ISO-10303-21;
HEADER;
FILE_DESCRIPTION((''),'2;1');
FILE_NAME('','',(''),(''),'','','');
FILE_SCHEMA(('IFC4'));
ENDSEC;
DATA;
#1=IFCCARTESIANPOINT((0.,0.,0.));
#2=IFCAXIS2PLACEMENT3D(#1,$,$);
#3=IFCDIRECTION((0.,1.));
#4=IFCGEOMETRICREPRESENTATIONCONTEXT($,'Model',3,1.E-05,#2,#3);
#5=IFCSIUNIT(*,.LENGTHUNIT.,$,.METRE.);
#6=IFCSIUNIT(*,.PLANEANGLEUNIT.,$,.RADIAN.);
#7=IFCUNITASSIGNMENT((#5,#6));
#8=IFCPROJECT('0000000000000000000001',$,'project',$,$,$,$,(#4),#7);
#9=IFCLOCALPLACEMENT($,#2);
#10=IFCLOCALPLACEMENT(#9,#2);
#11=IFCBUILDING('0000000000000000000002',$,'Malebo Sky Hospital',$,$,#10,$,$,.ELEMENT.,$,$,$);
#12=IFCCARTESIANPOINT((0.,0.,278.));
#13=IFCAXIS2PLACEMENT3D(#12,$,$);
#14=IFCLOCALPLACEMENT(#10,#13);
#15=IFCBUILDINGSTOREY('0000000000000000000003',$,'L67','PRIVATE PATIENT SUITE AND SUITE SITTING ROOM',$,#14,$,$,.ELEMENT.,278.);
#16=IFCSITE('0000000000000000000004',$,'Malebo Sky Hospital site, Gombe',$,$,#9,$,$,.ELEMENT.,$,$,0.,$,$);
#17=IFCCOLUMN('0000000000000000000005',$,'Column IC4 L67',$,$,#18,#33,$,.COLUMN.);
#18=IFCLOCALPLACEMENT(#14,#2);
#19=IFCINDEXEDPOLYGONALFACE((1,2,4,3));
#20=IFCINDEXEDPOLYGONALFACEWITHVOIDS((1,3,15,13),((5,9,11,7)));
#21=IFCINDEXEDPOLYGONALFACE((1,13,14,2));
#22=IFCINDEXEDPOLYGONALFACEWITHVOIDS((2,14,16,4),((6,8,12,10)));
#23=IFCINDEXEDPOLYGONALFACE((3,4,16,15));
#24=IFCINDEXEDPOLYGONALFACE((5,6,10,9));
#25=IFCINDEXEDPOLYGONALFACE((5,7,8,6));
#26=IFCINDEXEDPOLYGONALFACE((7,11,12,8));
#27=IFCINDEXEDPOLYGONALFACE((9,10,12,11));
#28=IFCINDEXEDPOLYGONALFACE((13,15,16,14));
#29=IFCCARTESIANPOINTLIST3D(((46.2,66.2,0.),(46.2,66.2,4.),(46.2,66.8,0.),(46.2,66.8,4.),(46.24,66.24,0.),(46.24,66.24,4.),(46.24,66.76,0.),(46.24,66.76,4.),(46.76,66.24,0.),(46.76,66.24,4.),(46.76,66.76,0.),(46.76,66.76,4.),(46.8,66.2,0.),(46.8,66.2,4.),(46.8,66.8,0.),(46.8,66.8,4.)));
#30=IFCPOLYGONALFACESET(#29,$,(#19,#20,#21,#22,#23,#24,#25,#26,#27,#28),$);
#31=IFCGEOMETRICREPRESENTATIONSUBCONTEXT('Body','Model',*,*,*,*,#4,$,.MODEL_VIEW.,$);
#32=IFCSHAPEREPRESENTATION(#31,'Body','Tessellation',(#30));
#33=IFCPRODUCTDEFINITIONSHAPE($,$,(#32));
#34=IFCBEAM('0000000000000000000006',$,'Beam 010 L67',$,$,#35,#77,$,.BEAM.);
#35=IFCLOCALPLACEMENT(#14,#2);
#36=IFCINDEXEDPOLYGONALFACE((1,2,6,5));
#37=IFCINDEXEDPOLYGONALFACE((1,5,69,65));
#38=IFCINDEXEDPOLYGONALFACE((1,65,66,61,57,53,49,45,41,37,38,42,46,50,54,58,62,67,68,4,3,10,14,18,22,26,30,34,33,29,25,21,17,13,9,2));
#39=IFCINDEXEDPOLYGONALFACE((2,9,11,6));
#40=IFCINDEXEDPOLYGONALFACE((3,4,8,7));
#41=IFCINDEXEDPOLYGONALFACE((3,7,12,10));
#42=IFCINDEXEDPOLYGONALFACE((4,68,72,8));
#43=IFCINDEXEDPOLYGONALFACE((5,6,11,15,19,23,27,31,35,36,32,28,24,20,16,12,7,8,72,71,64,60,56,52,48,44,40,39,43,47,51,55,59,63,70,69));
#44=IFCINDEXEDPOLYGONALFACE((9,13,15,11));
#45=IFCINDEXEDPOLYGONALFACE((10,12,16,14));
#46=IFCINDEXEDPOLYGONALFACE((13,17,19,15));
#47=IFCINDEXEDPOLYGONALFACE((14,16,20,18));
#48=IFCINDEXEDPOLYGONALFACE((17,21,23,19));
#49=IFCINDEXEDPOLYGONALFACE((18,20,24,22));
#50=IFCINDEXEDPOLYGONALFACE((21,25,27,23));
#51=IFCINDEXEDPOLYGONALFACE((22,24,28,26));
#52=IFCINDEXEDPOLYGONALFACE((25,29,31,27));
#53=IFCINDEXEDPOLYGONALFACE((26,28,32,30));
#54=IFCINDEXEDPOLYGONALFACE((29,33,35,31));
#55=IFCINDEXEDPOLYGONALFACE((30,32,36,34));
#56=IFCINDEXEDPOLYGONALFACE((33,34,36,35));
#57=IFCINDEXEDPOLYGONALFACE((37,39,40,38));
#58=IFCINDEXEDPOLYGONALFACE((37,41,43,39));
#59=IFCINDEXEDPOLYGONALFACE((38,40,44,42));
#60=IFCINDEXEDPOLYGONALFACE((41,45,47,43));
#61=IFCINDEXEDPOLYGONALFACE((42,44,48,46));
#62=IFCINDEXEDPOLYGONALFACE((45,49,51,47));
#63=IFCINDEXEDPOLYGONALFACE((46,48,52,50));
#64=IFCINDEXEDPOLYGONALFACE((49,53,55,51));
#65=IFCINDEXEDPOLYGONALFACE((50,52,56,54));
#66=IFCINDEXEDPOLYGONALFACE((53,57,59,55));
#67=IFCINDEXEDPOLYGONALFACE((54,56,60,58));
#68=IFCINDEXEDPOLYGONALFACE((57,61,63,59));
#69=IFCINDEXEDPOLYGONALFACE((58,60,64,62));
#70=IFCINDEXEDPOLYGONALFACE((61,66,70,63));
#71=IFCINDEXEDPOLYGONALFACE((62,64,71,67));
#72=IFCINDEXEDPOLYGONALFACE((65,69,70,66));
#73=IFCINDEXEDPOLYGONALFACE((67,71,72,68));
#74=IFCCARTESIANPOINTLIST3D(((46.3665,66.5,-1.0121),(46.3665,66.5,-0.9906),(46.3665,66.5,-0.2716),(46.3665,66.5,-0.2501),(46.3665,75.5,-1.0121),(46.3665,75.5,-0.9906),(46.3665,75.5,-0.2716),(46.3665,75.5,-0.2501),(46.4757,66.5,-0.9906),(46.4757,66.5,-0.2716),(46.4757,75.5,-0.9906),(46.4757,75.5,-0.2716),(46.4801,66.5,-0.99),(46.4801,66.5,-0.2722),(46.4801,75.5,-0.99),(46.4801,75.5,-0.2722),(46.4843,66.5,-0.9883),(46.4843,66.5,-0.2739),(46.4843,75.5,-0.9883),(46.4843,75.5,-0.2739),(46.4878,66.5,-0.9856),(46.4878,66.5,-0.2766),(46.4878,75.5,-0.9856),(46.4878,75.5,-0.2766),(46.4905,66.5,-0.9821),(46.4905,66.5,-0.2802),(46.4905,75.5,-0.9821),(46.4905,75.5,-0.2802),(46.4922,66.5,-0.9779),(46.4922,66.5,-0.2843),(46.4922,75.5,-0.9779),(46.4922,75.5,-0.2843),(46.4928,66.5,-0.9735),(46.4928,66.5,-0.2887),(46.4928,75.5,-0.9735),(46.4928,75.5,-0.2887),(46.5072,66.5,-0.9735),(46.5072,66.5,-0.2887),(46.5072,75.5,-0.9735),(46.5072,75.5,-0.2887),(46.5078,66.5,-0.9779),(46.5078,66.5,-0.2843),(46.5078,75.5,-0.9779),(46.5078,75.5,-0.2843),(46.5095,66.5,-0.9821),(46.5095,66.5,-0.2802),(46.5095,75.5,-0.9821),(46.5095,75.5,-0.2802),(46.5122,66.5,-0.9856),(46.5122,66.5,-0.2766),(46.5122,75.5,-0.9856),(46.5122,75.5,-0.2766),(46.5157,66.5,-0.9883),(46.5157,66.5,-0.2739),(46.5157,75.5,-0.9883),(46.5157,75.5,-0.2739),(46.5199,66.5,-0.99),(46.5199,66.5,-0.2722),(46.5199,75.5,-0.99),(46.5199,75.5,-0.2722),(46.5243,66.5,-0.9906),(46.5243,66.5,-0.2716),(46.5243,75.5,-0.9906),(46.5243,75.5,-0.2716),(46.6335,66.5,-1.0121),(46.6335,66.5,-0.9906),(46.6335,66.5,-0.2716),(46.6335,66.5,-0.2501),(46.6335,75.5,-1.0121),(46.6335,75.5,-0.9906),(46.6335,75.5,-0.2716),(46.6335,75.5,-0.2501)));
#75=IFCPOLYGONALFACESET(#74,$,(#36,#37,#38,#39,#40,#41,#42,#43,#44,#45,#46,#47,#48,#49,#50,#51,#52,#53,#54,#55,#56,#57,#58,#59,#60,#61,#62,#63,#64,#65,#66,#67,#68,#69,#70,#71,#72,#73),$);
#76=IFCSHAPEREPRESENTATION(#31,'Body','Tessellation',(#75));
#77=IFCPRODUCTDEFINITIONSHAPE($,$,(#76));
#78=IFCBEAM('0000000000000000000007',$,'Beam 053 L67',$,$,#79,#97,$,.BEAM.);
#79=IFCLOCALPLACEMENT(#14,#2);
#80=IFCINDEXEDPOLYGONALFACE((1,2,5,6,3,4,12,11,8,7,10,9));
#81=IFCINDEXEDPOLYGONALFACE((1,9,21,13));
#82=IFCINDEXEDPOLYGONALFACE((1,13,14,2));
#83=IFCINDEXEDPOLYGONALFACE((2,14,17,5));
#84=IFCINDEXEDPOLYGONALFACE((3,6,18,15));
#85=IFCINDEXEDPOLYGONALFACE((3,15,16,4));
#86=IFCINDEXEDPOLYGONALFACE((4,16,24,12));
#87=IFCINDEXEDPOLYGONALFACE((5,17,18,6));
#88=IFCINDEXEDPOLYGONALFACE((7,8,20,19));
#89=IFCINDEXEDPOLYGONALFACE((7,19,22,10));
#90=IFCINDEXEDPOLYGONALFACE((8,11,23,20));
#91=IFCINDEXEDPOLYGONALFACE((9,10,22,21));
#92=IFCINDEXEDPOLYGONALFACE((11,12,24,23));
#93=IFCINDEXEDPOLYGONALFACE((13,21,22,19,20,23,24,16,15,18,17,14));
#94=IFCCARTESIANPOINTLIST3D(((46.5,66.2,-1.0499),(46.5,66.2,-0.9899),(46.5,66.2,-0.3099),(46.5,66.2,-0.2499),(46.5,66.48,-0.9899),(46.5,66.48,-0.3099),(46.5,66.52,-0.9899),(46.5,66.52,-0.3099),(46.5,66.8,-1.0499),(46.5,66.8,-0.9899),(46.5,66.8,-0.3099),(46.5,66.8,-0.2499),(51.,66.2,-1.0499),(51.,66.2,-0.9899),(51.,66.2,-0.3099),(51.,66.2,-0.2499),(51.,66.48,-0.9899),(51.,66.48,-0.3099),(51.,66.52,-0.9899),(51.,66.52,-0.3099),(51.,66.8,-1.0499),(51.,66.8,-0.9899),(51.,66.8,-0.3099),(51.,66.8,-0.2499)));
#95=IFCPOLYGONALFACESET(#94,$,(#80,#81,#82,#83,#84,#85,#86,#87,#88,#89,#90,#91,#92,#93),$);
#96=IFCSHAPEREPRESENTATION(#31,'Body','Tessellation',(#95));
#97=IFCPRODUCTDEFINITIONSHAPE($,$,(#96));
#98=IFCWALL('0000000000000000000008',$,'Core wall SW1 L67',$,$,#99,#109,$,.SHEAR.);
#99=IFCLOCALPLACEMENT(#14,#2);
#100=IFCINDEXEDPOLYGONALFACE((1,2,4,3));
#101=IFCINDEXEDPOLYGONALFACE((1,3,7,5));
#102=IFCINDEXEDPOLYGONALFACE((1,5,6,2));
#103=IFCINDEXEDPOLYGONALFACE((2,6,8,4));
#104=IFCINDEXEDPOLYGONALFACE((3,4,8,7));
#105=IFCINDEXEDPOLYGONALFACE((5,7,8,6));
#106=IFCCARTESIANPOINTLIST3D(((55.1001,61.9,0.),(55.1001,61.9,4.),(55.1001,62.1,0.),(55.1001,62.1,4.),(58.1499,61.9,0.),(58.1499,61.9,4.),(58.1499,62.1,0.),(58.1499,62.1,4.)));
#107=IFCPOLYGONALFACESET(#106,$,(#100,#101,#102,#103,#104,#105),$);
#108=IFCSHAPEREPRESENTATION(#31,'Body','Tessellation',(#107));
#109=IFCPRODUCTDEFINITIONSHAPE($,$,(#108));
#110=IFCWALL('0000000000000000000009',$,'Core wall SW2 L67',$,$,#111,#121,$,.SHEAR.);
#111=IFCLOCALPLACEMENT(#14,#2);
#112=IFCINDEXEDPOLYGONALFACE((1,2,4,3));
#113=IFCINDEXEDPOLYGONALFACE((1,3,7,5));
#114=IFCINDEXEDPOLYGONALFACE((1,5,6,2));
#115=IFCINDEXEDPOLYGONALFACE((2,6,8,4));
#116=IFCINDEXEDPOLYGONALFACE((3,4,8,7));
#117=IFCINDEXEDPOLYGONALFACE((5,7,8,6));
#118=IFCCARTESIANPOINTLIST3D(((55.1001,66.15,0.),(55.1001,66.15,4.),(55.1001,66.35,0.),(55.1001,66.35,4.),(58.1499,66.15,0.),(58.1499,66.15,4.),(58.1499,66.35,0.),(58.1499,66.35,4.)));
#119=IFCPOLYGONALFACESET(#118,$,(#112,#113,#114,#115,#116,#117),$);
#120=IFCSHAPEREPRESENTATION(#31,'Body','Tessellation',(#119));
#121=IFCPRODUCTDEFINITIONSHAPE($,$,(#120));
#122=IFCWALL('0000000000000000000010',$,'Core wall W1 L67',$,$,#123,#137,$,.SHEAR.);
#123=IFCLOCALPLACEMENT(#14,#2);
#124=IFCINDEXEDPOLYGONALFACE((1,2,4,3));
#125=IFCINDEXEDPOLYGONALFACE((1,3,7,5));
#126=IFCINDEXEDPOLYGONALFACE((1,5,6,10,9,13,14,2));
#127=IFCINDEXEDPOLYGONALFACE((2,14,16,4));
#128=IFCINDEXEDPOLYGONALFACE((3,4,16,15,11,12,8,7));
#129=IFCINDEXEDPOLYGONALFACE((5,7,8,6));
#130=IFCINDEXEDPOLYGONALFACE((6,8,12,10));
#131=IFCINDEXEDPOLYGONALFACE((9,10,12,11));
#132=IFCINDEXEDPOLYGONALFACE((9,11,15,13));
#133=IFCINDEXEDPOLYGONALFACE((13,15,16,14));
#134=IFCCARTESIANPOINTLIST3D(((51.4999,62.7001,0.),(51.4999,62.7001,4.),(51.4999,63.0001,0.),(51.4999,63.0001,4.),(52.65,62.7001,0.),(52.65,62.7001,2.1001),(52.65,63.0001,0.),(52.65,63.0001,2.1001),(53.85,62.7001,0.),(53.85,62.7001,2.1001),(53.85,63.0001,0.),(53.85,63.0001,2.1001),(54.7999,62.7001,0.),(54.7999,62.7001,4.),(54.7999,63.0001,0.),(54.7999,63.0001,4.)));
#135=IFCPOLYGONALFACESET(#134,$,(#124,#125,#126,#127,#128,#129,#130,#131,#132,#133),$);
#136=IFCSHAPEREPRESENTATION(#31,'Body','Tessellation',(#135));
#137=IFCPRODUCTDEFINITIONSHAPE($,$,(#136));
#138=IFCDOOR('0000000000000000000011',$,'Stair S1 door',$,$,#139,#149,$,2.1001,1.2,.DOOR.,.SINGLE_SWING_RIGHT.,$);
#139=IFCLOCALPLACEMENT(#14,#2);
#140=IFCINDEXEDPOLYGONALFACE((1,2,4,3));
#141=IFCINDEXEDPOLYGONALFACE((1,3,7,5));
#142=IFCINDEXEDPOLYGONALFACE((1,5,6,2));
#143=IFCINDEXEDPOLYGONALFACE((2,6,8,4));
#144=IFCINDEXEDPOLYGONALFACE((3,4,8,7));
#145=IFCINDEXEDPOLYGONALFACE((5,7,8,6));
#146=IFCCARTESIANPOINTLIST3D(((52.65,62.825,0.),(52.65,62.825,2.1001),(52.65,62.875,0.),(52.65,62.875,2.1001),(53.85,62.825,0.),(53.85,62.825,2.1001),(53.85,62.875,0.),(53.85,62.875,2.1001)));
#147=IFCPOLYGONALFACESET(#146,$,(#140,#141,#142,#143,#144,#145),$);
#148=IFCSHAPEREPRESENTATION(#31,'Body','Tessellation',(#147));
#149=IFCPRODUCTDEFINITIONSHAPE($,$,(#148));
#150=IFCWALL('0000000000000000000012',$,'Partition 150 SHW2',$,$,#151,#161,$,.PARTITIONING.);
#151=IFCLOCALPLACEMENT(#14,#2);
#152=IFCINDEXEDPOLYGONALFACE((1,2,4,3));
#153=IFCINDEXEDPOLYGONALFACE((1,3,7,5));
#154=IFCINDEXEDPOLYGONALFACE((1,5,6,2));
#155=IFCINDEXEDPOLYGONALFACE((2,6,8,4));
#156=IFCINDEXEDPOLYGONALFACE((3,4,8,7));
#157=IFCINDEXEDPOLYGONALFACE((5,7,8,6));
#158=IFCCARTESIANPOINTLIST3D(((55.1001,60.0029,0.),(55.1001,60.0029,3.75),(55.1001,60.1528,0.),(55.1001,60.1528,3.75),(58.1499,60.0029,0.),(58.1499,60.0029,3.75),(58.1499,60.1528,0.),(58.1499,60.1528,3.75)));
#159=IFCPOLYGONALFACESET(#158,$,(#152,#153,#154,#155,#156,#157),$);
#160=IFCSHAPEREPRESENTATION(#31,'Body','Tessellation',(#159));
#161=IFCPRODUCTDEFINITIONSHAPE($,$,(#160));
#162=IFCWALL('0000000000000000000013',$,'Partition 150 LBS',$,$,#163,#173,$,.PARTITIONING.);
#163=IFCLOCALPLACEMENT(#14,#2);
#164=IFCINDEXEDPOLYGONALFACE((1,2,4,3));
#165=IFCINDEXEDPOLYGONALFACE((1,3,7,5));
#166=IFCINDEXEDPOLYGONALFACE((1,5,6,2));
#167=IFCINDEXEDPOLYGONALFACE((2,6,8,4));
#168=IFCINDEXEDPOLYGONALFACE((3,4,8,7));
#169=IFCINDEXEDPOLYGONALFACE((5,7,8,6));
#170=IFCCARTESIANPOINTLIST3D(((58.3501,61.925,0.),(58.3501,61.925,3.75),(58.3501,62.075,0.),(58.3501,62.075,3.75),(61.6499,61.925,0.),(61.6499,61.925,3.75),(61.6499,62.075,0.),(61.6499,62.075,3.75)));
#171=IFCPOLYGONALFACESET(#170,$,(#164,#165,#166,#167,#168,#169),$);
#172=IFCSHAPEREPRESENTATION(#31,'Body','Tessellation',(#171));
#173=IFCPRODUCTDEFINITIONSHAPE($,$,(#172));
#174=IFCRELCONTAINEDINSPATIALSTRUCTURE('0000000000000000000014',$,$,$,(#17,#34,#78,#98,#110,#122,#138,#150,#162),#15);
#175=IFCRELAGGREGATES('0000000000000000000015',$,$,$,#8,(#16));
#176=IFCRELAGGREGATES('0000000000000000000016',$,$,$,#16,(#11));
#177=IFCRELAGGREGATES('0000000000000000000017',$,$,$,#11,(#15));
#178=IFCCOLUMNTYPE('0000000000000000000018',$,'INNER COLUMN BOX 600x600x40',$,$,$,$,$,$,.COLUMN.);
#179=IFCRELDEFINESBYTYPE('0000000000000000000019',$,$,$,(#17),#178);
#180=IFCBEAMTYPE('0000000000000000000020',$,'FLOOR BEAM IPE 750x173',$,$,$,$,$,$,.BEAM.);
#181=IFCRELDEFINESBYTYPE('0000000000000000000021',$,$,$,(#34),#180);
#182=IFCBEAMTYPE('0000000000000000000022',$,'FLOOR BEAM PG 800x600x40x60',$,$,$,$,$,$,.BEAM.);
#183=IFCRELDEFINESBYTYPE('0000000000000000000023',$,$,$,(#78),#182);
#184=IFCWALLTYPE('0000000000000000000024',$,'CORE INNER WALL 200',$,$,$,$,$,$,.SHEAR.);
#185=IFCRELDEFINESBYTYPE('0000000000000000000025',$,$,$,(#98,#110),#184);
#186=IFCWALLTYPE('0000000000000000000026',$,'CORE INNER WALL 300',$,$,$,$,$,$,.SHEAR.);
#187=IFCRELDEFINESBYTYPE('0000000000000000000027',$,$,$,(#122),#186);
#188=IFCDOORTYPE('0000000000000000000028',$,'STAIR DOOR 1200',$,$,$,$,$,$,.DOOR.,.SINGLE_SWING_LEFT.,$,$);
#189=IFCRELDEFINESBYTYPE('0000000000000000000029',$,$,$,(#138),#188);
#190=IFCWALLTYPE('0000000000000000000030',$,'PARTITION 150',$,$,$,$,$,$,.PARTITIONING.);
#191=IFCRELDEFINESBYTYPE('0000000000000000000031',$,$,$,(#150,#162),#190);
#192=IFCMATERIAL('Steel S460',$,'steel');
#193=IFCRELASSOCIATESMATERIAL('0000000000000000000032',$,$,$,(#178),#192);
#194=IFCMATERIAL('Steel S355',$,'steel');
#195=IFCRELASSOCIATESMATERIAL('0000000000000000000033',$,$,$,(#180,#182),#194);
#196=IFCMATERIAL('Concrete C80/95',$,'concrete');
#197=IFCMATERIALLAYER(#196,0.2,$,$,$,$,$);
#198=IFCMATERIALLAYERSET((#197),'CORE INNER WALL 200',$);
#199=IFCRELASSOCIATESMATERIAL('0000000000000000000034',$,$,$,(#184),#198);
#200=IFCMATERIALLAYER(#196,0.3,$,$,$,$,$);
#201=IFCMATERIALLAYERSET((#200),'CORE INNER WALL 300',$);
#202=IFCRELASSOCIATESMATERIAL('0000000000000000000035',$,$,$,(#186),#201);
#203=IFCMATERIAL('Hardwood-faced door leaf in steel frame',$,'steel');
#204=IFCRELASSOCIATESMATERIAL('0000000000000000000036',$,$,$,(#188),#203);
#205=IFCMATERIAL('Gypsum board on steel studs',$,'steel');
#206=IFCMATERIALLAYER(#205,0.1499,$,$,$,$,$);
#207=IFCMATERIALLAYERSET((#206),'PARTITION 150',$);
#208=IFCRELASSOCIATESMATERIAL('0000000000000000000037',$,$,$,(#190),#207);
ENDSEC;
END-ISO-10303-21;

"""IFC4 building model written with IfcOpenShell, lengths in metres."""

from ifc_helpers import new_model, si_unit, direction, frame, frame_2d, origin, origin_2d, place, context, subcontext, project, spatial, rectangle, hollow_rectangle, i_section, extrude, material, layer, layer_set, material_profile, profile_set, type_object, element, fill, save


model = new_model("IFC4")

# Units and contexts
model_context = context("Model", 3, precision=1e-05, world=origin(), true_north=direction((0.0, 1.0)))
body_context = subcontext(model_context, "Body", "Model", "MODEL_VIEW")
ifc_project = project(units=[si_unit("LENGTHUNIT", "METRE"), si_unit("PLANEANGLEUNIT", "RADIAN")], contexts=[model_context])

# Site, building, storey
site_placement = place(None, origin())
site = spatial("IfcSite", under=ifc_project, at=site_placement, Name="Malebo Sky Hospital site, Gombe", CompositionType="ELEMENT", RefElevation=0.0)
building_placement = place(site_placement, origin())
building = spatial("IfcBuilding", under=site, at=building_placement, Name="Malebo Sky Hospital", CompositionType="ELEMENT")
storey_placement = place(building_placement, frame((0.0, 0.0, 278.0)))
storey = spatial("IfcBuildingStorey", under=building, at=storey_placement, Name="L67", Description="PRIVATE PATIENT SUITE AND SUITE SITTING ROOM", CompositionType="ELEMENT", Elevation=278.0)

# Column
ifc_material_1 = material(Name="Steel S460", Category="steel")
ifc_material_profile_1 = material_profile(ifc_material_1, hollow_rectangle(XDim=0.6001, YDim=0.6001, WallThickness=0.04, at=origin_2d()), Name="BOX 600x600x40")
ifc_profile_set_1 = profile_set([ifc_material_profile_1], Name="Steel S460")
column_type = type_object("IfcColumnType", Name="INNER COLUMN BOX 600x600x40", PredefinedType="COLUMN", material=ifc_profile_set_1)
column_placement = place(storey_placement, frame((46.5, 66.5, 0.0), z_axis=(0.0, 0.0, 1.0), x_axis=(1.0, 0.0, 0.0)))
element("IfcColumn", 1, at=column_placement, inside=storey, type_object=column_type, Name="Column IC4 L67", PredefinedType="COLUMN", context=body_context, shape_type="SweptSolid", body=[
    extrude(hollow_rectangle(XDim=0.6001, YDim=0.6001, WallThickness=0.04, at=origin_2d()), origin(), (0.0, 0.0, 1.0), 4.0),
])

# Beams
ifc_material_2 = material(Name="Steel S355", Category="steel")
ifc_material_profile_2 = material_profile(ifc_material_2, i_section(OverallWidth=0.2671, OverallDepth=0.762, WebThickness=0.0144, FlangeThickness=0.0215, FilletRadius=0.0171, at=origin_2d()), Name="IPE 750x173")
ifc_profile_set_2 = profile_set([ifc_material_profile_2], Name="Steel S355")
beam_type_1 = type_object("IfcBeamType", Name="FLOOR BEAM IPE 750x173", PredefinedType="BEAM", material=ifc_profile_set_2)
beam_1_placement = place(storey_placement, frame((46.5, 66.5, -0.6311), z_axis=(0.0, 1.0, 0.0), x_axis=(-1.0, 0.0, 0.0)))
element("IfcBeam", 2, at=beam_1_placement, inside=storey, type_object=beam_type_1, Name="Beam 010 L67", PredefinedType="BEAM", context=body_context, shape_type="SweptSolid", body=[
    extrude(i_section(OverallWidth=0.2671, OverallDepth=0.762, WebThickness=0.0144, FlangeThickness=0.0215, FilletRadius=0.0171, at=origin_2d()), origin(), (0.0, 0.0, 1.0), 9.0),
])
ifc_material_profile_3 = material_profile(ifc_material_2, i_section(OverallWidth=0.6001, OverallDepth=0.8, WebThickness=0.04, FlangeThickness=0.0601, at=origin_2d()), Name="PG 800x600x40x60")
ifc_profile_set_3 = profile_set([ifc_material_profile_3], Name="Steel S355")
beam_type_2 = type_object("IfcBeamType", Name="FLOOR BEAM PG 800x600x40x60", PredefinedType="BEAM", material=ifc_profile_set_3)
beam_2_placement = place(storey_placement, frame((46.5, 66.5, -0.6499), z_axis=(1.0, 0.0, 0.0), x_axis=(0.0, 1.0, 0.0)))
element("IfcBeam", 3, at=beam_2_placement, inside=storey, type_object=beam_type_2, Name="Beam 053 L67", PredefinedType="BEAM", context=body_context, shape_type="SweptSolid", body=[
    extrude(i_section(OverallWidth=0.6001, OverallDepth=0.8, WebThickness=0.04, FlangeThickness=0.0601, at=origin_2d()), origin(), (0.0, 0.0, 1.0), 4.5),
])

# Walls
ifc_material_3 = material(Name="Concrete C80/95", Category="concrete")
ifc_layer_1 = layer(ifc_material_3, 0.2)
ifc_layer_set_1 = layer_set([ifc_layer_1], Name="CORE INNER WALL 200")
wall_type_1 = type_object("IfcWallType", Name="CORE INNER WALL 200", PredefinedType="SHEAR", material=ifc_layer_set_1)
for number, where, z_axis, x_axis, name in (
    (4, (55.1001, 62.0, 0.0), (0.0, 0.0, 1.0), (1.0, 0.0, 0.0), "Core wall SW1 L67"),
    (5, (55.1001, 66.25, 0.0), (0.0, 0.0, 1.0), (1.0, 0.0, 0.0), "Core wall SW2 L67"),
):
    element("IfcWall", number, at=place(storey_placement, frame(where, z_axis=z_axis, x_axis=x_axis)), inside=storey, type_object=wall_type_1, Name=name, PredefinedType="SHEAR", context=body_context, shape_type="SweptSolid", body=[
        extrude(rectangle(XDim=3.0498, YDim=0.2, at=frame_2d((1.5249, 0.0))), origin(), (0.0, 0.0, 1.0), 4.0),
    ])

# Wall, opening, door
ifc_layer_2 = layer(ifc_material_3, 0.3)
ifc_layer_set_2 = layer_set([ifc_layer_2], Name="CORE INNER WALL 300")
wall_type_2 = type_object("IfcWallType", Name="CORE INNER WALL 300", PredefinedType="SHEAR", material=ifc_layer_set_2)
wall_1_placement = place(storey_placement, frame((51.5, 62.8501, 0.0), z_axis=(0.0, 0.0, 1.0), x_axis=(1.0, 0.0, 0.0)))
wall_1 = element("IfcWall", 6, at=wall_1_placement, inside=storey, type_object=wall_type_2, Name="Core wall W1 L67", PredefinedType="SHEAR", context=body_context, shape_type="SweptSolid", body=[
    extrude(rectangle(XDim=3.3, YDim=0.3, at=frame_2d((1.6499, 0.0))), origin(), (0.0, 0.0, 1.0), 4.0),
])
opening_1_placement = place(wall_1_placement, frame((1.1499, 0.0, 0.0)))
opening_1 = element("IfcOpeningElement", 7, at=opening_1_placement, cuts=wall_1, PredefinedType="OPENING", context=body_context, shape_type="SweptSolid", body=[
    extrude(rectangle(XDim=1.2, YDim=2.1001, at=frame_2d((0.6001, 1.05))), frame((0.0, 0.1599, 0.0), z_axis=(0.0, -1.0, 0.0), x_axis=(1.0, 0.0, 0.0)), (0.0, 0.0, 1.0), 0.3201),
])
ifc_material_4 = material(Name="Hardwood-faced door leaf in steel frame", Category="steel")
door_type_1 = type_object("IfcDoorType", Name="STAIR DOOR 1200", OperationType="SINGLE_SWING_LEFT", PredefinedType="DOOR", material=ifc_material_4)
door_1_placement = place(opening_1_placement, origin())
door_1 = element("IfcDoor", 8, at=door_1_placement, inside=storey, type_object=door_type_1, Name="Stair S1 door", OperationType="SINGLE_SWING_RIGHT", OverallHeight=2.1001, OverallWidth=1.2, PredefinedType="DOOR", context=body_context, shape_type="SweptSolid", body=[
    extrude(rectangle(XDim=1.2, YDim=2.1001, at=frame_2d((0.6001, 1.05))), frame((0.0, 0.0249, 0.0), z_axis=(0.0, -1.0, 0.0), x_axis=(1.0, 0.0, 0.0)), (0.0, 0.0, 1.0), 0.05),
])
fill(opening_1, door_1)

# Walls
ifc_material_5 = material(Name="Gypsum board on steel studs", Category="steel")
ifc_layer_3 = layer(ifc_material_5, 0.1499)
ifc_layer_set_3 = layer_set([ifc_layer_3], Name="PARTITION 150")
wall_type_3 = type_object("IfcWallType", Name="PARTITION 150", PredefinedType="PARTITIONING", material=ifc_layer_set_3)
wall_2_placement = place(storey_placement, frame((55.1001, 60.0779, 0.0), z_axis=(0.0, 0.0, 1.0), x_axis=(1.0, 0.0, 0.0)))
element("IfcWall", 9, at=wall_2_placement, inside=storey, type_object=wall_type_3, Name="Partition 150 SHW2", PredefinedType="PARTITIONING", context=body_context, shape_type="SweptSolid", body=[
    extrude(rectangle(XDim=3.0498, YDim=0.1499, at=frame_2d((1.5249, 0.0))), origin(), (0.0, 0.0, 1.0), 3.75),
])
wall_3_placement = place(storey_placement, frame((58.3501, 62.0, 0.0), z_axis=(0.0, 0.0, 1.0), x_axis=(1.0, 0.0, 0.0)))
element("IfcWall", 10, at=wall_3_placement, inside=storey, type_object=wall_type_3, Name="Partition 150 LBS", PredefinedType="PARTITIONING", context=body_context, shape_type="SweptSolid", body=[
    extrude(rectangle(XDim=3.2998, YDim=0.1499, at=frame_2d((1.6499, 0.0))), origin(), (0.0, 0.0, 1.0), 3.75),
])

save(model, "model.ifc")
